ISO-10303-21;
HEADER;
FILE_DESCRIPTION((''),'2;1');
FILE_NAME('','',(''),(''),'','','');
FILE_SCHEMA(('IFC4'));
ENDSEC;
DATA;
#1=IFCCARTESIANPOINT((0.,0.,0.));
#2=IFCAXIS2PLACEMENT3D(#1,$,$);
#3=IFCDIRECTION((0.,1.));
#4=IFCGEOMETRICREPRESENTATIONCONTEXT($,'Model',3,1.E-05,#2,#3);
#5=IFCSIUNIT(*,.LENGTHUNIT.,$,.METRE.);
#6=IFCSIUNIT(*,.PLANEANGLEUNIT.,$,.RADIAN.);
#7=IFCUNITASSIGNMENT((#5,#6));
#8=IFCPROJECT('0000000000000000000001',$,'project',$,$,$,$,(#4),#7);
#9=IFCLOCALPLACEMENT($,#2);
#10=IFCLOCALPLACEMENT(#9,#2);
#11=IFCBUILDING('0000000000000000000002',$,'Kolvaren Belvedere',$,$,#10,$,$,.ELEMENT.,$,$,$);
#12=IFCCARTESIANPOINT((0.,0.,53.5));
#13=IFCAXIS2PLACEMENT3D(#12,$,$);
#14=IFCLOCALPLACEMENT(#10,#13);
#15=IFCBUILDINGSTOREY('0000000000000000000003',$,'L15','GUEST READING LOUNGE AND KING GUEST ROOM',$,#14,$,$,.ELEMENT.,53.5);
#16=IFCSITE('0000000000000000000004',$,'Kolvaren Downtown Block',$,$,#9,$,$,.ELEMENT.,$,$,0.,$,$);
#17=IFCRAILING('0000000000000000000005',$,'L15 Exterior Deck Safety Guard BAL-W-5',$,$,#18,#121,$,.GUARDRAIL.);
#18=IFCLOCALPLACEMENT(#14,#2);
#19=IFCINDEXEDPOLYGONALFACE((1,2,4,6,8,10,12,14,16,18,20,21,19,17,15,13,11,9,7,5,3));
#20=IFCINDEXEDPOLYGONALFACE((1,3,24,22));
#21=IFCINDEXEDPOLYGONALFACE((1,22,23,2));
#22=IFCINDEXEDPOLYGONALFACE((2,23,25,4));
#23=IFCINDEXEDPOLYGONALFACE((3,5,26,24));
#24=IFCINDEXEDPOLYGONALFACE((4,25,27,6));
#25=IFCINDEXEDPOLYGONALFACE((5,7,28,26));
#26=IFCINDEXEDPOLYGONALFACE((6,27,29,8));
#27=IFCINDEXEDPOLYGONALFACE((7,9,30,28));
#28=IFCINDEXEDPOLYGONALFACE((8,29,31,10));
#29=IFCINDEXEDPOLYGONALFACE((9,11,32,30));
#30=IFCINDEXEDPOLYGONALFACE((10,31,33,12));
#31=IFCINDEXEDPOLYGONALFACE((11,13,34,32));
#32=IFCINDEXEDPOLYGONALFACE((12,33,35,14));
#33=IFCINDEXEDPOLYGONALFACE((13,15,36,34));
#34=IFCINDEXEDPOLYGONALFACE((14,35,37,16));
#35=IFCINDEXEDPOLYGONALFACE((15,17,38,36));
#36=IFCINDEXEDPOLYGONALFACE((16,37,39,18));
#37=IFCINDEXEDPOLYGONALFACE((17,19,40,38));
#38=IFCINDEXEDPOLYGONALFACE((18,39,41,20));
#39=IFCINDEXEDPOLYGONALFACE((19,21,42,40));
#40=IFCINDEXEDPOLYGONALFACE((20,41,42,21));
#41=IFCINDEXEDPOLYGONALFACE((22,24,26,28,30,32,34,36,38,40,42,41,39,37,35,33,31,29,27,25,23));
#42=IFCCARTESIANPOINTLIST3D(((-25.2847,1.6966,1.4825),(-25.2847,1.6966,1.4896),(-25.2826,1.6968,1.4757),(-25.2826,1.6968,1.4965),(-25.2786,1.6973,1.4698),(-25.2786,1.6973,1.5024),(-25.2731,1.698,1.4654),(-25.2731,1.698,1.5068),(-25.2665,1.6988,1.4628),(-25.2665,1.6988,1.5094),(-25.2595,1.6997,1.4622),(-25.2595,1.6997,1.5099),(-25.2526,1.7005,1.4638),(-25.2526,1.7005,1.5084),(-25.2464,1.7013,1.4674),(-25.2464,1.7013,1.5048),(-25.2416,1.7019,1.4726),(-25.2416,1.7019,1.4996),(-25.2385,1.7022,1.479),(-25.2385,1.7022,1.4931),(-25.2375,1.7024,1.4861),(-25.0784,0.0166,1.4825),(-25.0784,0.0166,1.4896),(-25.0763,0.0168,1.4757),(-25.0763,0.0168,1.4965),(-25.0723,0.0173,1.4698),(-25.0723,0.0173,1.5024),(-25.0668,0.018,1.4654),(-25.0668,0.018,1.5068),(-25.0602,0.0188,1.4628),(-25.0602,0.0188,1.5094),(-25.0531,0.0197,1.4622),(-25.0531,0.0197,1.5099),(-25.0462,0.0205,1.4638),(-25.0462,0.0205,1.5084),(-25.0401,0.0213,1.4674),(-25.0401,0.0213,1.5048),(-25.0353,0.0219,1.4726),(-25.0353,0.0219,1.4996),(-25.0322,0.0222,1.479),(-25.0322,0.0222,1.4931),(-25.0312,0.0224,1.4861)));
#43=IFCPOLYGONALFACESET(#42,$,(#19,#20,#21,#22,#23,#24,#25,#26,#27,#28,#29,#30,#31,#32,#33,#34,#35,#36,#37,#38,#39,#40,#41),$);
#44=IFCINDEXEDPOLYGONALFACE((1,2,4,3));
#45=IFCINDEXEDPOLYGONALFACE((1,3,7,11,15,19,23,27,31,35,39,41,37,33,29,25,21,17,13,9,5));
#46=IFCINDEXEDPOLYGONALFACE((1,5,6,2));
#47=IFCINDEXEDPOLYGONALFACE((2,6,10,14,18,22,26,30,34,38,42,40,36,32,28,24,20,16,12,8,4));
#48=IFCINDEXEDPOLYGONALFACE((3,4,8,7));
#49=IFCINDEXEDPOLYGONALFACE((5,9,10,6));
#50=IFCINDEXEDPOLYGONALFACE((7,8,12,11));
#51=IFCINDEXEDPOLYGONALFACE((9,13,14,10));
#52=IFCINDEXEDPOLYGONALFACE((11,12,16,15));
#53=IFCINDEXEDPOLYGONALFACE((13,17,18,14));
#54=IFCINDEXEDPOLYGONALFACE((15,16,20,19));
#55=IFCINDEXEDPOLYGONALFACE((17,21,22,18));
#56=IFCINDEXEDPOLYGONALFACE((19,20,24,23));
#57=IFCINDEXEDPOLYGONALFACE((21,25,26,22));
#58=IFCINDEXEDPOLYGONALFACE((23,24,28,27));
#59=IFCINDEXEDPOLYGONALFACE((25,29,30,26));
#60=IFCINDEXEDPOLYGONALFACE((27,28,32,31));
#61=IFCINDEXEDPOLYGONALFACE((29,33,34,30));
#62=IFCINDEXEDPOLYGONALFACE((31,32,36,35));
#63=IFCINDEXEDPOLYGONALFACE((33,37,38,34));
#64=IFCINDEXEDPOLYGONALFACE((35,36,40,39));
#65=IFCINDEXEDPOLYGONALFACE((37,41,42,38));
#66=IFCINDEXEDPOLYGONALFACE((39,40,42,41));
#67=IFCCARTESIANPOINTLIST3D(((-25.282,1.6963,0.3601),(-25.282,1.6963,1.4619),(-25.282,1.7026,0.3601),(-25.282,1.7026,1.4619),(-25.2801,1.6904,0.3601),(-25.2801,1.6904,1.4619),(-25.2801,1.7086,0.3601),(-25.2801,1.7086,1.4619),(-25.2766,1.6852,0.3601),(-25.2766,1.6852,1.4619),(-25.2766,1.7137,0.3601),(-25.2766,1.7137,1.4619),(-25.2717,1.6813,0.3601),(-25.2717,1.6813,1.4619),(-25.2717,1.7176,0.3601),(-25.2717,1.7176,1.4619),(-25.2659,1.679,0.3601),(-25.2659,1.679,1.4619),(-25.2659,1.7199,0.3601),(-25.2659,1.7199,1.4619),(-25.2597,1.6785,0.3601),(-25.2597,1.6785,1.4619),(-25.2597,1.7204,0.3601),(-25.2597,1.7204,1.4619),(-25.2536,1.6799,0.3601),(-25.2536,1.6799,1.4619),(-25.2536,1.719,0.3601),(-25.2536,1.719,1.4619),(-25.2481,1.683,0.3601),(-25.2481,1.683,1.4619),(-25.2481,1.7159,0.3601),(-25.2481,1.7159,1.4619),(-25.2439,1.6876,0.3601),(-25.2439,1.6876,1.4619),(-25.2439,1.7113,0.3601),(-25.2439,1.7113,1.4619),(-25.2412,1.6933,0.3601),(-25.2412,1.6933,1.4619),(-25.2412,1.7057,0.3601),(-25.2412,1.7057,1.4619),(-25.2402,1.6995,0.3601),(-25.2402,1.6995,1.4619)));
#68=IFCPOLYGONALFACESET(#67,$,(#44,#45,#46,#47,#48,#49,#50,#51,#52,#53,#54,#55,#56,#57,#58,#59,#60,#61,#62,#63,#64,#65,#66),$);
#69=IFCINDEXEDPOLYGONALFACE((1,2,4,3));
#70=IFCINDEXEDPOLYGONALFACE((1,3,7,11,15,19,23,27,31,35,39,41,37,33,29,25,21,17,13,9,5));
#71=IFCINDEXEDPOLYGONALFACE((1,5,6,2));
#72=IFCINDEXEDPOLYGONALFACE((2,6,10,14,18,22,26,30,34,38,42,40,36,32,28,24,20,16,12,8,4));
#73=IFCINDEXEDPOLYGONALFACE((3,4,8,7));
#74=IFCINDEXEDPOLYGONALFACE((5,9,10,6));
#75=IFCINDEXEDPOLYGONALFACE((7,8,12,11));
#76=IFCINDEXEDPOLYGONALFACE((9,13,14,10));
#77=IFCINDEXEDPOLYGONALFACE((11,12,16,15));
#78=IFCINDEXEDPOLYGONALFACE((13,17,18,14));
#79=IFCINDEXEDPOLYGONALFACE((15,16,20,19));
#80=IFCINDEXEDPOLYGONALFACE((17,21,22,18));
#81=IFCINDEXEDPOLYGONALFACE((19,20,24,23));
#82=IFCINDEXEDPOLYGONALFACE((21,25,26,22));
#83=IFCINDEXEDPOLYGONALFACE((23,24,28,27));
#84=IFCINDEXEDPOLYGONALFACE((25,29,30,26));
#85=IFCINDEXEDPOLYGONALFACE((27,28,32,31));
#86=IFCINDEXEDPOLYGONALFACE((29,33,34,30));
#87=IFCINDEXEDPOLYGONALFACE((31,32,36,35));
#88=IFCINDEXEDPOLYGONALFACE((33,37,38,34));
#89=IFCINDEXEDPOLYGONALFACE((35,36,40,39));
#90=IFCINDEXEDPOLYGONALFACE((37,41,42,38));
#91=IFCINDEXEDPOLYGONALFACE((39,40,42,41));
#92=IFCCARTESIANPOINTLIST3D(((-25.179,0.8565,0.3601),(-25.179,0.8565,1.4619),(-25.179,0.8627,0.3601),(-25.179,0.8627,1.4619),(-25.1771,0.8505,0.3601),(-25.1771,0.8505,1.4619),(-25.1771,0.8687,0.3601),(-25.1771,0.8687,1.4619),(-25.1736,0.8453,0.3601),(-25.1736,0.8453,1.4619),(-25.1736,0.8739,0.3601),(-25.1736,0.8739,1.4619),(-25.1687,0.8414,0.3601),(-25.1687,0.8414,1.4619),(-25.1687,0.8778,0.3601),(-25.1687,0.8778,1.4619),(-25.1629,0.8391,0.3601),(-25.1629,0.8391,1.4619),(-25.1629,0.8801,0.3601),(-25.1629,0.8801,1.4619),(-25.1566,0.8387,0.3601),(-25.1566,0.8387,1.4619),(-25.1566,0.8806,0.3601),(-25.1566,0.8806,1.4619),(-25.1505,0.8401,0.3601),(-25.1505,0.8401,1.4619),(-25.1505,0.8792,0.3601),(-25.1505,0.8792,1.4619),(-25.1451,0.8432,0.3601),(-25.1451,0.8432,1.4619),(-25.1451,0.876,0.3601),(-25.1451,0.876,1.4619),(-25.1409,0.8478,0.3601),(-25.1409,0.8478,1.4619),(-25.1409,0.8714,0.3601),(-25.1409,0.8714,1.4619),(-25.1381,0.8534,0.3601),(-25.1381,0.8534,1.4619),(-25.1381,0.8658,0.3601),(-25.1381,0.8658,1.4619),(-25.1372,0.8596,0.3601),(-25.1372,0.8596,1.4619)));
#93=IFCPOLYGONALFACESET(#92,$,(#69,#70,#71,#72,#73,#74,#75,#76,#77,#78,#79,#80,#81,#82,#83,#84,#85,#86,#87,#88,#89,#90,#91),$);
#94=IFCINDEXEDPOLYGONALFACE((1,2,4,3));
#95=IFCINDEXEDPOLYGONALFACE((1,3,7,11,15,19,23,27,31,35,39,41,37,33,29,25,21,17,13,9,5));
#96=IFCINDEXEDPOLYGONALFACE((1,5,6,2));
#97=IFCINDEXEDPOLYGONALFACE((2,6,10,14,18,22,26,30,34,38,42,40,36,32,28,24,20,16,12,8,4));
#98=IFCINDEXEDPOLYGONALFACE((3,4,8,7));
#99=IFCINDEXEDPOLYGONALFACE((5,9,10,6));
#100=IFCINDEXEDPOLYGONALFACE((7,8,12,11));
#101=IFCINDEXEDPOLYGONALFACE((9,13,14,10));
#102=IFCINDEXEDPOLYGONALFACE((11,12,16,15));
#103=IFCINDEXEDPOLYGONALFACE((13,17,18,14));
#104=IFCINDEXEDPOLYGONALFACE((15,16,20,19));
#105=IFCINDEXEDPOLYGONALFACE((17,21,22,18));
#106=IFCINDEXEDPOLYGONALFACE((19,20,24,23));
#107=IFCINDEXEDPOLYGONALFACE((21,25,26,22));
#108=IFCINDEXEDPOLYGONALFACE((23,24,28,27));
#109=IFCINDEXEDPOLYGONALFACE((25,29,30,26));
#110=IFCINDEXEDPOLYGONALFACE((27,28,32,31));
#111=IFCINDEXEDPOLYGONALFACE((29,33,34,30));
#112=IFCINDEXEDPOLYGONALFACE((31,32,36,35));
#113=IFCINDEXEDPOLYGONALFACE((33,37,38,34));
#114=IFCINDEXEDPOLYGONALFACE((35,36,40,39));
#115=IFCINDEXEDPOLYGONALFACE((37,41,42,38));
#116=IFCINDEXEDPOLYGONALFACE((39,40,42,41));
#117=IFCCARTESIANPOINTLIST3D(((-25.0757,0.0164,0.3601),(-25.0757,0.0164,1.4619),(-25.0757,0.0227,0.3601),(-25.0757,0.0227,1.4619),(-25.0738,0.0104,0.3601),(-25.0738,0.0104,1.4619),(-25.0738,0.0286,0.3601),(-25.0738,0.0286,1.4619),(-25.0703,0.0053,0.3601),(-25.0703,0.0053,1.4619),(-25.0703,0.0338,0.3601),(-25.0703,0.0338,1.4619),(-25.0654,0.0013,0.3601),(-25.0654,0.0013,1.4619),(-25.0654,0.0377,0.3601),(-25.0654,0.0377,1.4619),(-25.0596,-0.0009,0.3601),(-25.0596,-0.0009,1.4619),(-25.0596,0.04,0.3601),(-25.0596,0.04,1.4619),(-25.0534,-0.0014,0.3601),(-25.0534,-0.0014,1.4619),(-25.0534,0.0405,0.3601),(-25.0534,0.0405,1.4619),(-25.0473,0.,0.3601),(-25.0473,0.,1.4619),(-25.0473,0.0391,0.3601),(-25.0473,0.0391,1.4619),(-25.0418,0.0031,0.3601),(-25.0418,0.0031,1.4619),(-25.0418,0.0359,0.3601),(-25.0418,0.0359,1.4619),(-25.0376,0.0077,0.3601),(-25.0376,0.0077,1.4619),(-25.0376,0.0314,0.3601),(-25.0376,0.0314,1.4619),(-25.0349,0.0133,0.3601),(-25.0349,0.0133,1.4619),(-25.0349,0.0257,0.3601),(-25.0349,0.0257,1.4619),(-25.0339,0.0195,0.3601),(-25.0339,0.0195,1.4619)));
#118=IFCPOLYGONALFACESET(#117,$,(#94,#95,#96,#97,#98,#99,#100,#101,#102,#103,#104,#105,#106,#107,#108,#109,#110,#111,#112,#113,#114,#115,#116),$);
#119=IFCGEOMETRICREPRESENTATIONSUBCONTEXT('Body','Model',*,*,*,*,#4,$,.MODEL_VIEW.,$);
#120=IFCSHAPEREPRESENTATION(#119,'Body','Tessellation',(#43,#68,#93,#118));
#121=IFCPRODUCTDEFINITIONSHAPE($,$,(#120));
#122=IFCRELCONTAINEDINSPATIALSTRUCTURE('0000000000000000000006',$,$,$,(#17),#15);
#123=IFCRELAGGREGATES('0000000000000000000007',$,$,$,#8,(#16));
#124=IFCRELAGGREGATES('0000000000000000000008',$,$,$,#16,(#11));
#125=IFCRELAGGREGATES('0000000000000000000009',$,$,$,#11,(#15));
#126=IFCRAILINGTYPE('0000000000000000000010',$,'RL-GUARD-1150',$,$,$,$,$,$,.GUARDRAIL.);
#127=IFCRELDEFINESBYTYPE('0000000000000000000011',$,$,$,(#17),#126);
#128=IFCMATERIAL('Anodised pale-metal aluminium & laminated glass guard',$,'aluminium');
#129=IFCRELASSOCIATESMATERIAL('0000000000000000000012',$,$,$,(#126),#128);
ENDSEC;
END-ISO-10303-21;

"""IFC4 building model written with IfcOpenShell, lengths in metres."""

from ifc_helpers import new_model, si_unit, direction, frame, origin, origin_2d, place, context, subcontext, project, spatial, circle, extrude, material, type_object, element, save


model = new_model("IFC4")

# Units and contexts
model_context = context("Model", 3, precision=1e-05, world=origin(), true_north=direction((0.0, 1.0)))
body_context = subcontext(model_context, "Body", "Model", "MODEL_VIEW")
ifc_project = project(units=[si_unit("LENGTHUNIT", "METRE"), si_unit("PLANEANGLEUNIT", "RADIAN")], contexts=[model_context])

# Site, building, storey
site_placement = place(None, origin())
site = spatial("IfcSite", under=ifc_project, at=site_placement, Name="Kolvaren Downtown Block", CompositionType="ELEMENT", RefElevation=0.0)
building_placement = place(site_placement, origin())
building = spatial("IfcBuilding", under=site, at=building_placement, Name="Kolvaren Belvedere", CompositionType="ELEMENT")
storey_placement = place(building_placement, frame((0.0, 0.0, 53.5)))
storey = spatial("IfcBuildingStorey", under=building, at=storey_placement, Name="L15", Description="GUEST READING LOUNGE AND KING GUEST ROOM", CompositionType="ELEMENT", Elevation=53.5)

# Railing
ifc_material_1 = material(Name="Anodised pale-metal aluminium & laminated glass guard", Category="aluminium")
railing_type = type_object("IfcRailingType", Name="RL-GUARD-1150", PredefinedType="GUARDRAIL", material=ifc_material_1)
railing_1_placement = place(storey_placement, frame((-25.2612, 1.6995, 0.3601)))
element("IfcRailing", 1, at=railing_1_placement, inside=storey, type_object=railing_type, Name="L15 Exterior Deck Safety Guard BAL-W-5", PredefinedType="GUARDRAIL", context=body_context, shape_type="SweptSolid", body=[
    extrude(circle(Radius=0.0239, at=origin_2d()), frame((0.0, 0.0, 1.126), z_axis=(0.121886, -0.992544, 0.0), x_axis=(0.992544, 0.121886, 0.0)), (0.0, 0.0, 1.0), 1.6926),
    extrude(circle(Radius=0.021, at=origin_2d()), origin(), (0.0, 0.0, 1.0), 1.1018),
    extrude(circle(Radius=0.021, at=origin_2d()), frame((0.103, -0.8398, 0.0)), (0.0, 0.0, 1.0), 1.1018),
    extrude(circle(Radius=0.021, at=origin_2d()), frame((0.2063, -1.6799, 0.0)), (0.0, 0.0, 1.0), 1.1018),
])

save(model, "model.ifc")
